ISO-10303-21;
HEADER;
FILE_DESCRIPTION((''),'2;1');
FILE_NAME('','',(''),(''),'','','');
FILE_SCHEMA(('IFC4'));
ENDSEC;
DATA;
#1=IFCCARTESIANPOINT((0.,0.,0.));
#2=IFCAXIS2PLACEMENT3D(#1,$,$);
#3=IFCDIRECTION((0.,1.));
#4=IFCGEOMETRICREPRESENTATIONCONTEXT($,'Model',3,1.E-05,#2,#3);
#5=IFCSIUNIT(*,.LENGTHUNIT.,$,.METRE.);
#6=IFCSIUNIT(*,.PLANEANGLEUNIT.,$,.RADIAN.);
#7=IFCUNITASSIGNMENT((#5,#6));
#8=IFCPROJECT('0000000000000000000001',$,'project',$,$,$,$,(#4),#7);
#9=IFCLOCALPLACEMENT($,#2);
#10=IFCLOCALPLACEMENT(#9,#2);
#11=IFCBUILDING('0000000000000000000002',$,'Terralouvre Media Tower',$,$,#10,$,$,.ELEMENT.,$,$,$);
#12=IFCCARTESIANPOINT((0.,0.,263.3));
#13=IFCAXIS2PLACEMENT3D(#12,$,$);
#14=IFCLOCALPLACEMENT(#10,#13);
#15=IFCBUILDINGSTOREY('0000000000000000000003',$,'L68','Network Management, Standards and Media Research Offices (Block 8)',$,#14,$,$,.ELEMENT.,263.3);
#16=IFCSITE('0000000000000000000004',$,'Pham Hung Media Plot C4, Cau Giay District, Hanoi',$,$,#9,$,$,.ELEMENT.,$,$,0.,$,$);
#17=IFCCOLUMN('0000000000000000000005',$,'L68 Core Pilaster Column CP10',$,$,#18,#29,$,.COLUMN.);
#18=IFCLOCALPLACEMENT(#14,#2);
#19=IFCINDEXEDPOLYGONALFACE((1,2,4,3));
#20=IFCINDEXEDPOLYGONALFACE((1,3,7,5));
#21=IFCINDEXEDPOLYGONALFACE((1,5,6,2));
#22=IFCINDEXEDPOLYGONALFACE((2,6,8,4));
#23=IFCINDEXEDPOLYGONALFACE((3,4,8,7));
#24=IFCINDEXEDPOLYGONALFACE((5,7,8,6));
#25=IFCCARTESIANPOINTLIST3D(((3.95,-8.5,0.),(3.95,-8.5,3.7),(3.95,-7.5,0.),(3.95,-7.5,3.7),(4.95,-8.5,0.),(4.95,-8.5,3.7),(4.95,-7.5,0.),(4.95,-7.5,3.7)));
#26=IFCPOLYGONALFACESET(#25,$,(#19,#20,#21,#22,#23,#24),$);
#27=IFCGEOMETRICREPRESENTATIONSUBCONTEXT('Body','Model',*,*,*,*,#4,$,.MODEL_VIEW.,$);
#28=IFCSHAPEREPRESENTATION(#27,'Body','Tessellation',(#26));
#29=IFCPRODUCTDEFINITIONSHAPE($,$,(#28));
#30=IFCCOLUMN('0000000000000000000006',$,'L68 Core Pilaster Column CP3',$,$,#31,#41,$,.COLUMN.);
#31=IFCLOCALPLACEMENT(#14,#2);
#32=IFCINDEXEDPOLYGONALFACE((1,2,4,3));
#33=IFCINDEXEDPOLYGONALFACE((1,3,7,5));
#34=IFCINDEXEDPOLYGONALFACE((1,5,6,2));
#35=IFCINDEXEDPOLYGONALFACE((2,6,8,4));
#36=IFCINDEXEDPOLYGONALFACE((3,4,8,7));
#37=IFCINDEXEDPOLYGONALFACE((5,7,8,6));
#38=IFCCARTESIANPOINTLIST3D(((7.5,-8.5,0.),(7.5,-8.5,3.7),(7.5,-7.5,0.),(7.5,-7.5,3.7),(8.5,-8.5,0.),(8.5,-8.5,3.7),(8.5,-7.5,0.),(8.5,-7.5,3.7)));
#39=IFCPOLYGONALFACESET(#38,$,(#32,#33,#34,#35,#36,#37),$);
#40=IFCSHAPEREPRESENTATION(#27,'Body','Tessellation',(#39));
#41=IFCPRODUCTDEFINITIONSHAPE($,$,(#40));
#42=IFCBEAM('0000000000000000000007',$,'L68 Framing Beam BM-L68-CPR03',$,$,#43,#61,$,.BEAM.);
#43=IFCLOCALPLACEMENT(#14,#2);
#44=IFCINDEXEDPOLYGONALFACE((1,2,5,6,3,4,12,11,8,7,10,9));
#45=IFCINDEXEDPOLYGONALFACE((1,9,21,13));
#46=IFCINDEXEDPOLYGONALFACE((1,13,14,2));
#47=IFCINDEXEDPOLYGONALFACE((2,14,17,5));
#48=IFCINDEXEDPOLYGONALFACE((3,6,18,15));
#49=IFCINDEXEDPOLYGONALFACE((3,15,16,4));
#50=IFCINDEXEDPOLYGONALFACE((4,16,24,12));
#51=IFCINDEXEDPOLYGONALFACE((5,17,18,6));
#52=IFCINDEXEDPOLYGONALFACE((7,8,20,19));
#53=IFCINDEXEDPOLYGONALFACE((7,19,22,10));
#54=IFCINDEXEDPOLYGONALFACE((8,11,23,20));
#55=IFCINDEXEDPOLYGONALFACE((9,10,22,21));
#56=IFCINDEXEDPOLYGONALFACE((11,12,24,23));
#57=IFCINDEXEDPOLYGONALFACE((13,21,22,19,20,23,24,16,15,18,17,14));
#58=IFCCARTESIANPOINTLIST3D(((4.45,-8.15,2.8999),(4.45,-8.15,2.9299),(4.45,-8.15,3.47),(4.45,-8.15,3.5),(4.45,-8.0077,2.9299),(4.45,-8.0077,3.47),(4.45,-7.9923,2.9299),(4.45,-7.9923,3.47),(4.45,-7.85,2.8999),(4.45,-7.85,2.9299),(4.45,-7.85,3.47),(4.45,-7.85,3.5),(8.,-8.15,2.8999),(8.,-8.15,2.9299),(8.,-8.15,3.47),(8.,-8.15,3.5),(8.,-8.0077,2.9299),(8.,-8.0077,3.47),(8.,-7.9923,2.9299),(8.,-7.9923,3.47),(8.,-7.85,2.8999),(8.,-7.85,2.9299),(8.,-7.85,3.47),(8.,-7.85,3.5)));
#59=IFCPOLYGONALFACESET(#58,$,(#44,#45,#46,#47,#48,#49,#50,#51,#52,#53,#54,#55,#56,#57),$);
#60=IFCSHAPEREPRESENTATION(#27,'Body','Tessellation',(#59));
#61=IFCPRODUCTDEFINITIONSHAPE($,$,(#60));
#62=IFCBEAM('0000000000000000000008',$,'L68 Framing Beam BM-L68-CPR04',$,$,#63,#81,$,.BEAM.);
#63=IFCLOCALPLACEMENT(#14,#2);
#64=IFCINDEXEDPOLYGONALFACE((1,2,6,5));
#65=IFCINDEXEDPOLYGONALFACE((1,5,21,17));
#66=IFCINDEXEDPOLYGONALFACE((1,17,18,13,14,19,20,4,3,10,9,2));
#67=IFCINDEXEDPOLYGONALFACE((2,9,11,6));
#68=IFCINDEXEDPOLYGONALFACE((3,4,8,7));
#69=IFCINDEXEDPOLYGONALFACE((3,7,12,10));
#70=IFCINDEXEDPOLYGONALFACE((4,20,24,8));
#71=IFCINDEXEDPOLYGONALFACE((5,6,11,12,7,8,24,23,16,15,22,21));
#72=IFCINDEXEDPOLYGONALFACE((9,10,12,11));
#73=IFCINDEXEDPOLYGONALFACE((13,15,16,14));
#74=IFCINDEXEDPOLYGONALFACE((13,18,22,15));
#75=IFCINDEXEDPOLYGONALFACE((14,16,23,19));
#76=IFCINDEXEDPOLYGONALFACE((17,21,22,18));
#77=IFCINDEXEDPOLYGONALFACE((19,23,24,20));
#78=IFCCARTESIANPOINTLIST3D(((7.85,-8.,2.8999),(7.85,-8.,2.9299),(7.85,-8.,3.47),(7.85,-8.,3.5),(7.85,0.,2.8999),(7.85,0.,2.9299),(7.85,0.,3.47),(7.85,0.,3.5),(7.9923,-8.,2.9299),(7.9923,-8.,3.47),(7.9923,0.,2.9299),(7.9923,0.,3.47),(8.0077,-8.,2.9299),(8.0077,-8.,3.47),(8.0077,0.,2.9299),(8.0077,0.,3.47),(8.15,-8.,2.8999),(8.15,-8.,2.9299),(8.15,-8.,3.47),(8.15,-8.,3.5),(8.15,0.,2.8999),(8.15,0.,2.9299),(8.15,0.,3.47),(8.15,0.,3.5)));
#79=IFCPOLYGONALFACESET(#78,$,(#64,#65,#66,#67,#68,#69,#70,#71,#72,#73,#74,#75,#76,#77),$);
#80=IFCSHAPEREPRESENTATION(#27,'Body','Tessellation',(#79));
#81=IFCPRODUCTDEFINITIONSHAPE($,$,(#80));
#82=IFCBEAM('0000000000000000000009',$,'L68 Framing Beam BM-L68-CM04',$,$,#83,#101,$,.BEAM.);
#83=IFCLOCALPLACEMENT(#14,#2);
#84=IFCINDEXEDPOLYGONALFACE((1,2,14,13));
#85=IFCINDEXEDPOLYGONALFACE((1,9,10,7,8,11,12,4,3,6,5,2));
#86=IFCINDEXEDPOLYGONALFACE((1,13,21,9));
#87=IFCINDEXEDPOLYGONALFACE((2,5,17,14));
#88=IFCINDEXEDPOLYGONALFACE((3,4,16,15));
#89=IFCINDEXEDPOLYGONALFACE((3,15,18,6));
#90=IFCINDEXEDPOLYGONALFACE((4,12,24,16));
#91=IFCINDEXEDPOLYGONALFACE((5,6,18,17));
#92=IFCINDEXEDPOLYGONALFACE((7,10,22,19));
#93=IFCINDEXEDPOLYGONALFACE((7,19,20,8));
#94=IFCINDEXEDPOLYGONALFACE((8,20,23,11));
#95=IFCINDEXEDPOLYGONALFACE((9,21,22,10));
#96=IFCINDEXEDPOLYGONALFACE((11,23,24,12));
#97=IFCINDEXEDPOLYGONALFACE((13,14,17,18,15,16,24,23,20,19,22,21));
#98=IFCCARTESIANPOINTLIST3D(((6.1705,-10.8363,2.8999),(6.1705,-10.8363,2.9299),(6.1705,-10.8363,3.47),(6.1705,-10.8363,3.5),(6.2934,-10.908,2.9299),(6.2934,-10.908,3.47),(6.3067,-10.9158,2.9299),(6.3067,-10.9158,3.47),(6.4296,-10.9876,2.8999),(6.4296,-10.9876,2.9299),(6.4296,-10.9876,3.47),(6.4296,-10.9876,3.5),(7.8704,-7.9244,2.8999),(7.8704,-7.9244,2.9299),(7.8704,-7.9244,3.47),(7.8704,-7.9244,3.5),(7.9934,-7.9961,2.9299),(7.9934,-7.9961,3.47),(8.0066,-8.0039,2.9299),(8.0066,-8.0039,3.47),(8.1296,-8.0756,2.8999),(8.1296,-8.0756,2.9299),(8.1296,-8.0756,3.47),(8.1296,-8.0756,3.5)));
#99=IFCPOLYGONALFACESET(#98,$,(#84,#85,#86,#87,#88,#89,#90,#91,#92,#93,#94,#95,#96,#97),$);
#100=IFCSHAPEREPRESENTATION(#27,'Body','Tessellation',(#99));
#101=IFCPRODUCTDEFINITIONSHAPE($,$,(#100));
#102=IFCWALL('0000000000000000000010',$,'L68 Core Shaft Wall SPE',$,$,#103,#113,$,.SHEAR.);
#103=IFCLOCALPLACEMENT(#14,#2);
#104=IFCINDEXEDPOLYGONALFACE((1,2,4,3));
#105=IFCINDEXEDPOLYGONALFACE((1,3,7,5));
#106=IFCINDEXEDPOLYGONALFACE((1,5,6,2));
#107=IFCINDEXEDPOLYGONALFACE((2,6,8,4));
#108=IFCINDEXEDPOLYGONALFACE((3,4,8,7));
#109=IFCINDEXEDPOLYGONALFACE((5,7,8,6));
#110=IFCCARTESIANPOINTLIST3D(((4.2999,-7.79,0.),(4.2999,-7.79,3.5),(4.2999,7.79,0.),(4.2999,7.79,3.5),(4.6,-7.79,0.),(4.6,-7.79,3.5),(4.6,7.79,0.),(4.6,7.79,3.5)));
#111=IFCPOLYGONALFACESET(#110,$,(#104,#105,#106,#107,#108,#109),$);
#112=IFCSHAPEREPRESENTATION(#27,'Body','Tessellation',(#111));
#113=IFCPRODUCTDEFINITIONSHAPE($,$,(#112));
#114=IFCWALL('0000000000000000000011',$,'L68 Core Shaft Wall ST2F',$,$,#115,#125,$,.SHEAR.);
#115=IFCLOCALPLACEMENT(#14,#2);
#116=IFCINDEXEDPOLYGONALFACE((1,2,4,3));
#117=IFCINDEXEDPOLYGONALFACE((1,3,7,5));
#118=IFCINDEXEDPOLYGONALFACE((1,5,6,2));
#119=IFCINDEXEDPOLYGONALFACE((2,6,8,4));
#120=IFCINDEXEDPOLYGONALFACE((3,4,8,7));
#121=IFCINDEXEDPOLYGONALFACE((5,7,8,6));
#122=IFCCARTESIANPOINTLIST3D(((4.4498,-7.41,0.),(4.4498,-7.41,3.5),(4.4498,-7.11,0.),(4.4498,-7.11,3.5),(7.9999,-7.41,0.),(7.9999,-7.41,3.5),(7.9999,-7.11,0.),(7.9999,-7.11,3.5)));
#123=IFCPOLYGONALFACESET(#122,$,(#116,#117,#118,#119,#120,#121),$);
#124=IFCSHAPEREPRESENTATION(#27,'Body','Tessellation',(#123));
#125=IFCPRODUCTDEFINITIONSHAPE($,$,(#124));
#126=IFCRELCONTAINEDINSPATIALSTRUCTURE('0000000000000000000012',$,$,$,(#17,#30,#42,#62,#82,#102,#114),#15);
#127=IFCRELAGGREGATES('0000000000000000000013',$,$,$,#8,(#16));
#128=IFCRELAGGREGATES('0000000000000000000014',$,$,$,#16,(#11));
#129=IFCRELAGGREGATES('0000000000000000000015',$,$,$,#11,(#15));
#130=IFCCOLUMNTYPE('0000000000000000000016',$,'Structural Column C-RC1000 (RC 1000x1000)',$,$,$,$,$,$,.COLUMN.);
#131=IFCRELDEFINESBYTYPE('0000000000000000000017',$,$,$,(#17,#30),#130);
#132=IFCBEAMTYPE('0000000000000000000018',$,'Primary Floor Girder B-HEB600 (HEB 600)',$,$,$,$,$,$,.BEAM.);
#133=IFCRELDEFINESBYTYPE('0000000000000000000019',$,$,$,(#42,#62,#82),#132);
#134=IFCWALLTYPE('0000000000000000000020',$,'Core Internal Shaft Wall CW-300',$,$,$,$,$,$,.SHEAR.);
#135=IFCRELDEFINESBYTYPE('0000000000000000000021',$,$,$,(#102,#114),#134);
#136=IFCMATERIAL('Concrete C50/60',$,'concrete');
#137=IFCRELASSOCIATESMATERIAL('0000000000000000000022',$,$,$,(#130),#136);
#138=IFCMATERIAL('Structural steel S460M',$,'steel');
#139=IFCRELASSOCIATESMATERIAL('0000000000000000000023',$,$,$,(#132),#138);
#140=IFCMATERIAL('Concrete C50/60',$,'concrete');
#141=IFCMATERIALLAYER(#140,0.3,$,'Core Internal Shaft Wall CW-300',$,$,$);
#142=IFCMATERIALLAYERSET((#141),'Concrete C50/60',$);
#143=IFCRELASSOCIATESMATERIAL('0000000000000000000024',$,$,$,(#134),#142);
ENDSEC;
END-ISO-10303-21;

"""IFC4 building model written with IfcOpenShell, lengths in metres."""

from ifc_helpers import new_model, si_unit, direction, frame, frame_2d, origin, origin_2d, place, context, subcontext, project, spatial, rectangle, i_section, extrude, material, layer, layer_set, material_profile, profile_set, type_object, element, save


model = new_model("IFC4")

# Units and contexts
model_context = context("Model", 3, precision=1e-05, world=origin(), true_north=direction((0.0, 1.0)))
body_context = subcontext(model_context, "Body", "Model", "MODEL_VIEW")
ifc_project = project(units=[si_unit("LENGTHUNIT", "METRE"), si_unit("PLANEANGLEUNIT", "RADIAN")], contexts=[model_context])

# Site, building, storey
site_placement = place(None, origin())
site = spatial("IfcSite", under=ifc_project, at=site_placement, Name="Pham Hung Media Plot C4, Cau Giay District, Hanoi", CompositionType="ELEMENT", RefElevation=0.0)
building_placement = place(site_placement, origin())
building = spatial("IfcBuilding", under=site, at=building_placement, Name="Terralouvre Media Tower", CompositionType="ELEMENT")
storey_placement = place(building_placement, frame((0.0, 0.0, 263.3)))
storey = spatial("IfcBuildingStorey", under=building, at=storey_placement, Name="L68", Description="Network Management, Standards and Media Research Offices (Block 8)", CompositionType="ELEMENT", Elevation=263.3)

# Columns
ifc_material_1 = material(Name="Concrete C50/60", Category="concrete")
ifc_material_profile_1 = material_profile(ifc_material_1, rectangle(XDim=1.0, YDim=1.0, at=origin_2d()), Name="RC 1000x1000")
ifc_profile_set_1 = profile_set([ifc_material_profile_1], Name="Concrete C50/60")
column_type = type_object("IfcColumnType", Name="Structural Column C-RC1000 (RC 1000x1000)", PredefinedType="COLUMN", material=ifc_profile_set_1)
for number, where, z_axis, x_axis, name in (
    (1, (4.45, -8.0, 0.0), (0.0, 0.0, 1.0), (1.0, 0.0, 0.0), "L68 Core Pilaster Column CP10"),
    (2, (8.0, -8.0, 0.0), (0.0, 0.0, 1.0), (1.0, 0.0, 0.0), "L68 Core Pilaster Column CP3"),
):
    element("IfcColumn", number, at=place(storey_placement, frame(where, z_axis=z_axis, x_axis=x_axis)), inside=storey, type_object=column_type, Name=name, PredefinedType="COLUMN", context=body_context, shape_type="SweptSolid", body=[
        extrude(rectangle(XDim=1.0, YDim=1.0, at=origin_2d()), origin(), (0.0, 0.0, 1.0), 3.7),
    ])

# Beams
ifc_material_2 = material(Name="Structural steel S460M", Category="steel")
ifc_material_profile_2 = material_profile(ifc_material_2, i_section(OverallWidth=0.3, OverallDepth=0.6001, WebThickness=0.0154, FlangeThickness=0.03, at=origin_2d()), Name="HEB 600")
ifc_profile_set_2 = profile_set([ifc_material_profile_2], Name="Structural steel S460M")
beam_type = type_object("IfcBeamType", Name="Primary Floor Girder B-HEB600 (HEB 600)", PredefinedType="BEAM", material=ifc_profile_set_2)
beam_1_placement = place(storey_placement, frame((4.45, -8.0, 3.2), z_axis=(1.0, 0.0, 0.0), x_axis=(0.0, 1.0, 0.0)))
element("IfcBeam", 3, at=beam_1_placement, inside=storey, type_object=beam_type, Name="L68 Framing Beam BM-L68-CPR03", PredefinedType="BEAM", context=body_context, shape_type="SweptSolid", body=[
    extrude(i_section(OverallWidth=0.3, OverallDepth=0.6001, WebThickness=0.0154, FlangeThickness=0.03, at=origin_2d()), origin(), (0.0, 0.0, 1.0), 3.55),
])
beam_2_placement = place(storey_placement, frame((8.0, -8.0, 3.2), z_axis=(0.0, 1.0, 0.0), x_axis=(-1.0, 0.0, 0.0)))
element("IfcBeam", 4, at=beam_2_placement, inside=storey, type_object=beam_type, Name="L68 Framing Beam BM-L68-CPR04", PredefinedType="BEAM", context=body_context, shape_type="SweptSolid", body=[
    extrude(i_section(OverallWidth=0.3, OverallDepth=0.6001, WebThickness=0.0154, FlangeThickness=0.03, at=origin_2d()), origin(), (0.0, 0.0, 1.0), 8.0),
])
beam_3_placement = place(storey_placement, frame((8.0, -8.0, 3.2), z_axis=(-0.504173, -0.863603, 0.0), x_axis=(0.863603, -0.504173, 0.0)))
element("IfcBeam", 5, at=beam_3_placement, inside=storey, type_object=beam_type, Name="L68 Framing Beam BM-L68-CM04", PredefinedType="BEAM", context=body_context, shape_type="SweptSolid", body=[
    extrude(i_section(OverallWidth=0.3, OverallDepth=0.6001, WebThickness=0.0154, FlangeThickness=0.03, at=origin_2d()), origin(), (0.0, 0.0, 1.0), 3.3718),
])

# Wall
ifc_material_3 = material(Name="Concrete C50/60", Category="concrete")
ifc_layer_1 = layer(ifc_material_3, 0.3, Name="Core Internal Shaft Wall CW-300")
ifc_layer_set_1 = layer_set([ifc_layer_1], Name="Concrete C50/60")
wall_type_1 = type_object("IfcWallType", Name="Core Internal Shaft Wall CW-300", PredefinedType="SHEAR", material=ifc_layer_set_1)
wall_1_placement = place(storey_placement, frame((4.45, -7.79, 0.0), z_axis=(0.0, 0.0, 1.0), x_axis=(0.0, 1.0, 0.0)))
element("IfcWall", 6, at=wall_1_placement, inside=storey, type_object=wall_type_1, Name="L68 Core Shaft Wall SPE", PredefinedType="SHEAR", context=body_context, shape_type="SweptSolid", body=[
    extrude(rectangle(XDim=15.5801, YDim=0.3, at=frame_2d((7.79, 0.0))), origin(), (0.0, 0.0, 1.0), 3.5),
])

# Wall
wall_2_placement = place(storey_placement, frame((4.45, -7.26, 0.0), z_axis=(0.0, 0.0, 1.0), x_axis=(1.0, 0.0, 0.0)))
element("IfcWall", 7, at=wall_2_placement, inside=storey, type_object=wall_type_1, Name="L68 Core Shaft Wall ST2F", PredefinedType="SHEAR", context=body_context, shape_type="SweptSolid", body=[
    extrude(rectangle(XDim=3.55, YDim=0.3, at=frame_2d((1.7749, 0.0))), origin(), (0.0, 0.0, 1.0), 3.5),
])

save(model, "model.ifc")
